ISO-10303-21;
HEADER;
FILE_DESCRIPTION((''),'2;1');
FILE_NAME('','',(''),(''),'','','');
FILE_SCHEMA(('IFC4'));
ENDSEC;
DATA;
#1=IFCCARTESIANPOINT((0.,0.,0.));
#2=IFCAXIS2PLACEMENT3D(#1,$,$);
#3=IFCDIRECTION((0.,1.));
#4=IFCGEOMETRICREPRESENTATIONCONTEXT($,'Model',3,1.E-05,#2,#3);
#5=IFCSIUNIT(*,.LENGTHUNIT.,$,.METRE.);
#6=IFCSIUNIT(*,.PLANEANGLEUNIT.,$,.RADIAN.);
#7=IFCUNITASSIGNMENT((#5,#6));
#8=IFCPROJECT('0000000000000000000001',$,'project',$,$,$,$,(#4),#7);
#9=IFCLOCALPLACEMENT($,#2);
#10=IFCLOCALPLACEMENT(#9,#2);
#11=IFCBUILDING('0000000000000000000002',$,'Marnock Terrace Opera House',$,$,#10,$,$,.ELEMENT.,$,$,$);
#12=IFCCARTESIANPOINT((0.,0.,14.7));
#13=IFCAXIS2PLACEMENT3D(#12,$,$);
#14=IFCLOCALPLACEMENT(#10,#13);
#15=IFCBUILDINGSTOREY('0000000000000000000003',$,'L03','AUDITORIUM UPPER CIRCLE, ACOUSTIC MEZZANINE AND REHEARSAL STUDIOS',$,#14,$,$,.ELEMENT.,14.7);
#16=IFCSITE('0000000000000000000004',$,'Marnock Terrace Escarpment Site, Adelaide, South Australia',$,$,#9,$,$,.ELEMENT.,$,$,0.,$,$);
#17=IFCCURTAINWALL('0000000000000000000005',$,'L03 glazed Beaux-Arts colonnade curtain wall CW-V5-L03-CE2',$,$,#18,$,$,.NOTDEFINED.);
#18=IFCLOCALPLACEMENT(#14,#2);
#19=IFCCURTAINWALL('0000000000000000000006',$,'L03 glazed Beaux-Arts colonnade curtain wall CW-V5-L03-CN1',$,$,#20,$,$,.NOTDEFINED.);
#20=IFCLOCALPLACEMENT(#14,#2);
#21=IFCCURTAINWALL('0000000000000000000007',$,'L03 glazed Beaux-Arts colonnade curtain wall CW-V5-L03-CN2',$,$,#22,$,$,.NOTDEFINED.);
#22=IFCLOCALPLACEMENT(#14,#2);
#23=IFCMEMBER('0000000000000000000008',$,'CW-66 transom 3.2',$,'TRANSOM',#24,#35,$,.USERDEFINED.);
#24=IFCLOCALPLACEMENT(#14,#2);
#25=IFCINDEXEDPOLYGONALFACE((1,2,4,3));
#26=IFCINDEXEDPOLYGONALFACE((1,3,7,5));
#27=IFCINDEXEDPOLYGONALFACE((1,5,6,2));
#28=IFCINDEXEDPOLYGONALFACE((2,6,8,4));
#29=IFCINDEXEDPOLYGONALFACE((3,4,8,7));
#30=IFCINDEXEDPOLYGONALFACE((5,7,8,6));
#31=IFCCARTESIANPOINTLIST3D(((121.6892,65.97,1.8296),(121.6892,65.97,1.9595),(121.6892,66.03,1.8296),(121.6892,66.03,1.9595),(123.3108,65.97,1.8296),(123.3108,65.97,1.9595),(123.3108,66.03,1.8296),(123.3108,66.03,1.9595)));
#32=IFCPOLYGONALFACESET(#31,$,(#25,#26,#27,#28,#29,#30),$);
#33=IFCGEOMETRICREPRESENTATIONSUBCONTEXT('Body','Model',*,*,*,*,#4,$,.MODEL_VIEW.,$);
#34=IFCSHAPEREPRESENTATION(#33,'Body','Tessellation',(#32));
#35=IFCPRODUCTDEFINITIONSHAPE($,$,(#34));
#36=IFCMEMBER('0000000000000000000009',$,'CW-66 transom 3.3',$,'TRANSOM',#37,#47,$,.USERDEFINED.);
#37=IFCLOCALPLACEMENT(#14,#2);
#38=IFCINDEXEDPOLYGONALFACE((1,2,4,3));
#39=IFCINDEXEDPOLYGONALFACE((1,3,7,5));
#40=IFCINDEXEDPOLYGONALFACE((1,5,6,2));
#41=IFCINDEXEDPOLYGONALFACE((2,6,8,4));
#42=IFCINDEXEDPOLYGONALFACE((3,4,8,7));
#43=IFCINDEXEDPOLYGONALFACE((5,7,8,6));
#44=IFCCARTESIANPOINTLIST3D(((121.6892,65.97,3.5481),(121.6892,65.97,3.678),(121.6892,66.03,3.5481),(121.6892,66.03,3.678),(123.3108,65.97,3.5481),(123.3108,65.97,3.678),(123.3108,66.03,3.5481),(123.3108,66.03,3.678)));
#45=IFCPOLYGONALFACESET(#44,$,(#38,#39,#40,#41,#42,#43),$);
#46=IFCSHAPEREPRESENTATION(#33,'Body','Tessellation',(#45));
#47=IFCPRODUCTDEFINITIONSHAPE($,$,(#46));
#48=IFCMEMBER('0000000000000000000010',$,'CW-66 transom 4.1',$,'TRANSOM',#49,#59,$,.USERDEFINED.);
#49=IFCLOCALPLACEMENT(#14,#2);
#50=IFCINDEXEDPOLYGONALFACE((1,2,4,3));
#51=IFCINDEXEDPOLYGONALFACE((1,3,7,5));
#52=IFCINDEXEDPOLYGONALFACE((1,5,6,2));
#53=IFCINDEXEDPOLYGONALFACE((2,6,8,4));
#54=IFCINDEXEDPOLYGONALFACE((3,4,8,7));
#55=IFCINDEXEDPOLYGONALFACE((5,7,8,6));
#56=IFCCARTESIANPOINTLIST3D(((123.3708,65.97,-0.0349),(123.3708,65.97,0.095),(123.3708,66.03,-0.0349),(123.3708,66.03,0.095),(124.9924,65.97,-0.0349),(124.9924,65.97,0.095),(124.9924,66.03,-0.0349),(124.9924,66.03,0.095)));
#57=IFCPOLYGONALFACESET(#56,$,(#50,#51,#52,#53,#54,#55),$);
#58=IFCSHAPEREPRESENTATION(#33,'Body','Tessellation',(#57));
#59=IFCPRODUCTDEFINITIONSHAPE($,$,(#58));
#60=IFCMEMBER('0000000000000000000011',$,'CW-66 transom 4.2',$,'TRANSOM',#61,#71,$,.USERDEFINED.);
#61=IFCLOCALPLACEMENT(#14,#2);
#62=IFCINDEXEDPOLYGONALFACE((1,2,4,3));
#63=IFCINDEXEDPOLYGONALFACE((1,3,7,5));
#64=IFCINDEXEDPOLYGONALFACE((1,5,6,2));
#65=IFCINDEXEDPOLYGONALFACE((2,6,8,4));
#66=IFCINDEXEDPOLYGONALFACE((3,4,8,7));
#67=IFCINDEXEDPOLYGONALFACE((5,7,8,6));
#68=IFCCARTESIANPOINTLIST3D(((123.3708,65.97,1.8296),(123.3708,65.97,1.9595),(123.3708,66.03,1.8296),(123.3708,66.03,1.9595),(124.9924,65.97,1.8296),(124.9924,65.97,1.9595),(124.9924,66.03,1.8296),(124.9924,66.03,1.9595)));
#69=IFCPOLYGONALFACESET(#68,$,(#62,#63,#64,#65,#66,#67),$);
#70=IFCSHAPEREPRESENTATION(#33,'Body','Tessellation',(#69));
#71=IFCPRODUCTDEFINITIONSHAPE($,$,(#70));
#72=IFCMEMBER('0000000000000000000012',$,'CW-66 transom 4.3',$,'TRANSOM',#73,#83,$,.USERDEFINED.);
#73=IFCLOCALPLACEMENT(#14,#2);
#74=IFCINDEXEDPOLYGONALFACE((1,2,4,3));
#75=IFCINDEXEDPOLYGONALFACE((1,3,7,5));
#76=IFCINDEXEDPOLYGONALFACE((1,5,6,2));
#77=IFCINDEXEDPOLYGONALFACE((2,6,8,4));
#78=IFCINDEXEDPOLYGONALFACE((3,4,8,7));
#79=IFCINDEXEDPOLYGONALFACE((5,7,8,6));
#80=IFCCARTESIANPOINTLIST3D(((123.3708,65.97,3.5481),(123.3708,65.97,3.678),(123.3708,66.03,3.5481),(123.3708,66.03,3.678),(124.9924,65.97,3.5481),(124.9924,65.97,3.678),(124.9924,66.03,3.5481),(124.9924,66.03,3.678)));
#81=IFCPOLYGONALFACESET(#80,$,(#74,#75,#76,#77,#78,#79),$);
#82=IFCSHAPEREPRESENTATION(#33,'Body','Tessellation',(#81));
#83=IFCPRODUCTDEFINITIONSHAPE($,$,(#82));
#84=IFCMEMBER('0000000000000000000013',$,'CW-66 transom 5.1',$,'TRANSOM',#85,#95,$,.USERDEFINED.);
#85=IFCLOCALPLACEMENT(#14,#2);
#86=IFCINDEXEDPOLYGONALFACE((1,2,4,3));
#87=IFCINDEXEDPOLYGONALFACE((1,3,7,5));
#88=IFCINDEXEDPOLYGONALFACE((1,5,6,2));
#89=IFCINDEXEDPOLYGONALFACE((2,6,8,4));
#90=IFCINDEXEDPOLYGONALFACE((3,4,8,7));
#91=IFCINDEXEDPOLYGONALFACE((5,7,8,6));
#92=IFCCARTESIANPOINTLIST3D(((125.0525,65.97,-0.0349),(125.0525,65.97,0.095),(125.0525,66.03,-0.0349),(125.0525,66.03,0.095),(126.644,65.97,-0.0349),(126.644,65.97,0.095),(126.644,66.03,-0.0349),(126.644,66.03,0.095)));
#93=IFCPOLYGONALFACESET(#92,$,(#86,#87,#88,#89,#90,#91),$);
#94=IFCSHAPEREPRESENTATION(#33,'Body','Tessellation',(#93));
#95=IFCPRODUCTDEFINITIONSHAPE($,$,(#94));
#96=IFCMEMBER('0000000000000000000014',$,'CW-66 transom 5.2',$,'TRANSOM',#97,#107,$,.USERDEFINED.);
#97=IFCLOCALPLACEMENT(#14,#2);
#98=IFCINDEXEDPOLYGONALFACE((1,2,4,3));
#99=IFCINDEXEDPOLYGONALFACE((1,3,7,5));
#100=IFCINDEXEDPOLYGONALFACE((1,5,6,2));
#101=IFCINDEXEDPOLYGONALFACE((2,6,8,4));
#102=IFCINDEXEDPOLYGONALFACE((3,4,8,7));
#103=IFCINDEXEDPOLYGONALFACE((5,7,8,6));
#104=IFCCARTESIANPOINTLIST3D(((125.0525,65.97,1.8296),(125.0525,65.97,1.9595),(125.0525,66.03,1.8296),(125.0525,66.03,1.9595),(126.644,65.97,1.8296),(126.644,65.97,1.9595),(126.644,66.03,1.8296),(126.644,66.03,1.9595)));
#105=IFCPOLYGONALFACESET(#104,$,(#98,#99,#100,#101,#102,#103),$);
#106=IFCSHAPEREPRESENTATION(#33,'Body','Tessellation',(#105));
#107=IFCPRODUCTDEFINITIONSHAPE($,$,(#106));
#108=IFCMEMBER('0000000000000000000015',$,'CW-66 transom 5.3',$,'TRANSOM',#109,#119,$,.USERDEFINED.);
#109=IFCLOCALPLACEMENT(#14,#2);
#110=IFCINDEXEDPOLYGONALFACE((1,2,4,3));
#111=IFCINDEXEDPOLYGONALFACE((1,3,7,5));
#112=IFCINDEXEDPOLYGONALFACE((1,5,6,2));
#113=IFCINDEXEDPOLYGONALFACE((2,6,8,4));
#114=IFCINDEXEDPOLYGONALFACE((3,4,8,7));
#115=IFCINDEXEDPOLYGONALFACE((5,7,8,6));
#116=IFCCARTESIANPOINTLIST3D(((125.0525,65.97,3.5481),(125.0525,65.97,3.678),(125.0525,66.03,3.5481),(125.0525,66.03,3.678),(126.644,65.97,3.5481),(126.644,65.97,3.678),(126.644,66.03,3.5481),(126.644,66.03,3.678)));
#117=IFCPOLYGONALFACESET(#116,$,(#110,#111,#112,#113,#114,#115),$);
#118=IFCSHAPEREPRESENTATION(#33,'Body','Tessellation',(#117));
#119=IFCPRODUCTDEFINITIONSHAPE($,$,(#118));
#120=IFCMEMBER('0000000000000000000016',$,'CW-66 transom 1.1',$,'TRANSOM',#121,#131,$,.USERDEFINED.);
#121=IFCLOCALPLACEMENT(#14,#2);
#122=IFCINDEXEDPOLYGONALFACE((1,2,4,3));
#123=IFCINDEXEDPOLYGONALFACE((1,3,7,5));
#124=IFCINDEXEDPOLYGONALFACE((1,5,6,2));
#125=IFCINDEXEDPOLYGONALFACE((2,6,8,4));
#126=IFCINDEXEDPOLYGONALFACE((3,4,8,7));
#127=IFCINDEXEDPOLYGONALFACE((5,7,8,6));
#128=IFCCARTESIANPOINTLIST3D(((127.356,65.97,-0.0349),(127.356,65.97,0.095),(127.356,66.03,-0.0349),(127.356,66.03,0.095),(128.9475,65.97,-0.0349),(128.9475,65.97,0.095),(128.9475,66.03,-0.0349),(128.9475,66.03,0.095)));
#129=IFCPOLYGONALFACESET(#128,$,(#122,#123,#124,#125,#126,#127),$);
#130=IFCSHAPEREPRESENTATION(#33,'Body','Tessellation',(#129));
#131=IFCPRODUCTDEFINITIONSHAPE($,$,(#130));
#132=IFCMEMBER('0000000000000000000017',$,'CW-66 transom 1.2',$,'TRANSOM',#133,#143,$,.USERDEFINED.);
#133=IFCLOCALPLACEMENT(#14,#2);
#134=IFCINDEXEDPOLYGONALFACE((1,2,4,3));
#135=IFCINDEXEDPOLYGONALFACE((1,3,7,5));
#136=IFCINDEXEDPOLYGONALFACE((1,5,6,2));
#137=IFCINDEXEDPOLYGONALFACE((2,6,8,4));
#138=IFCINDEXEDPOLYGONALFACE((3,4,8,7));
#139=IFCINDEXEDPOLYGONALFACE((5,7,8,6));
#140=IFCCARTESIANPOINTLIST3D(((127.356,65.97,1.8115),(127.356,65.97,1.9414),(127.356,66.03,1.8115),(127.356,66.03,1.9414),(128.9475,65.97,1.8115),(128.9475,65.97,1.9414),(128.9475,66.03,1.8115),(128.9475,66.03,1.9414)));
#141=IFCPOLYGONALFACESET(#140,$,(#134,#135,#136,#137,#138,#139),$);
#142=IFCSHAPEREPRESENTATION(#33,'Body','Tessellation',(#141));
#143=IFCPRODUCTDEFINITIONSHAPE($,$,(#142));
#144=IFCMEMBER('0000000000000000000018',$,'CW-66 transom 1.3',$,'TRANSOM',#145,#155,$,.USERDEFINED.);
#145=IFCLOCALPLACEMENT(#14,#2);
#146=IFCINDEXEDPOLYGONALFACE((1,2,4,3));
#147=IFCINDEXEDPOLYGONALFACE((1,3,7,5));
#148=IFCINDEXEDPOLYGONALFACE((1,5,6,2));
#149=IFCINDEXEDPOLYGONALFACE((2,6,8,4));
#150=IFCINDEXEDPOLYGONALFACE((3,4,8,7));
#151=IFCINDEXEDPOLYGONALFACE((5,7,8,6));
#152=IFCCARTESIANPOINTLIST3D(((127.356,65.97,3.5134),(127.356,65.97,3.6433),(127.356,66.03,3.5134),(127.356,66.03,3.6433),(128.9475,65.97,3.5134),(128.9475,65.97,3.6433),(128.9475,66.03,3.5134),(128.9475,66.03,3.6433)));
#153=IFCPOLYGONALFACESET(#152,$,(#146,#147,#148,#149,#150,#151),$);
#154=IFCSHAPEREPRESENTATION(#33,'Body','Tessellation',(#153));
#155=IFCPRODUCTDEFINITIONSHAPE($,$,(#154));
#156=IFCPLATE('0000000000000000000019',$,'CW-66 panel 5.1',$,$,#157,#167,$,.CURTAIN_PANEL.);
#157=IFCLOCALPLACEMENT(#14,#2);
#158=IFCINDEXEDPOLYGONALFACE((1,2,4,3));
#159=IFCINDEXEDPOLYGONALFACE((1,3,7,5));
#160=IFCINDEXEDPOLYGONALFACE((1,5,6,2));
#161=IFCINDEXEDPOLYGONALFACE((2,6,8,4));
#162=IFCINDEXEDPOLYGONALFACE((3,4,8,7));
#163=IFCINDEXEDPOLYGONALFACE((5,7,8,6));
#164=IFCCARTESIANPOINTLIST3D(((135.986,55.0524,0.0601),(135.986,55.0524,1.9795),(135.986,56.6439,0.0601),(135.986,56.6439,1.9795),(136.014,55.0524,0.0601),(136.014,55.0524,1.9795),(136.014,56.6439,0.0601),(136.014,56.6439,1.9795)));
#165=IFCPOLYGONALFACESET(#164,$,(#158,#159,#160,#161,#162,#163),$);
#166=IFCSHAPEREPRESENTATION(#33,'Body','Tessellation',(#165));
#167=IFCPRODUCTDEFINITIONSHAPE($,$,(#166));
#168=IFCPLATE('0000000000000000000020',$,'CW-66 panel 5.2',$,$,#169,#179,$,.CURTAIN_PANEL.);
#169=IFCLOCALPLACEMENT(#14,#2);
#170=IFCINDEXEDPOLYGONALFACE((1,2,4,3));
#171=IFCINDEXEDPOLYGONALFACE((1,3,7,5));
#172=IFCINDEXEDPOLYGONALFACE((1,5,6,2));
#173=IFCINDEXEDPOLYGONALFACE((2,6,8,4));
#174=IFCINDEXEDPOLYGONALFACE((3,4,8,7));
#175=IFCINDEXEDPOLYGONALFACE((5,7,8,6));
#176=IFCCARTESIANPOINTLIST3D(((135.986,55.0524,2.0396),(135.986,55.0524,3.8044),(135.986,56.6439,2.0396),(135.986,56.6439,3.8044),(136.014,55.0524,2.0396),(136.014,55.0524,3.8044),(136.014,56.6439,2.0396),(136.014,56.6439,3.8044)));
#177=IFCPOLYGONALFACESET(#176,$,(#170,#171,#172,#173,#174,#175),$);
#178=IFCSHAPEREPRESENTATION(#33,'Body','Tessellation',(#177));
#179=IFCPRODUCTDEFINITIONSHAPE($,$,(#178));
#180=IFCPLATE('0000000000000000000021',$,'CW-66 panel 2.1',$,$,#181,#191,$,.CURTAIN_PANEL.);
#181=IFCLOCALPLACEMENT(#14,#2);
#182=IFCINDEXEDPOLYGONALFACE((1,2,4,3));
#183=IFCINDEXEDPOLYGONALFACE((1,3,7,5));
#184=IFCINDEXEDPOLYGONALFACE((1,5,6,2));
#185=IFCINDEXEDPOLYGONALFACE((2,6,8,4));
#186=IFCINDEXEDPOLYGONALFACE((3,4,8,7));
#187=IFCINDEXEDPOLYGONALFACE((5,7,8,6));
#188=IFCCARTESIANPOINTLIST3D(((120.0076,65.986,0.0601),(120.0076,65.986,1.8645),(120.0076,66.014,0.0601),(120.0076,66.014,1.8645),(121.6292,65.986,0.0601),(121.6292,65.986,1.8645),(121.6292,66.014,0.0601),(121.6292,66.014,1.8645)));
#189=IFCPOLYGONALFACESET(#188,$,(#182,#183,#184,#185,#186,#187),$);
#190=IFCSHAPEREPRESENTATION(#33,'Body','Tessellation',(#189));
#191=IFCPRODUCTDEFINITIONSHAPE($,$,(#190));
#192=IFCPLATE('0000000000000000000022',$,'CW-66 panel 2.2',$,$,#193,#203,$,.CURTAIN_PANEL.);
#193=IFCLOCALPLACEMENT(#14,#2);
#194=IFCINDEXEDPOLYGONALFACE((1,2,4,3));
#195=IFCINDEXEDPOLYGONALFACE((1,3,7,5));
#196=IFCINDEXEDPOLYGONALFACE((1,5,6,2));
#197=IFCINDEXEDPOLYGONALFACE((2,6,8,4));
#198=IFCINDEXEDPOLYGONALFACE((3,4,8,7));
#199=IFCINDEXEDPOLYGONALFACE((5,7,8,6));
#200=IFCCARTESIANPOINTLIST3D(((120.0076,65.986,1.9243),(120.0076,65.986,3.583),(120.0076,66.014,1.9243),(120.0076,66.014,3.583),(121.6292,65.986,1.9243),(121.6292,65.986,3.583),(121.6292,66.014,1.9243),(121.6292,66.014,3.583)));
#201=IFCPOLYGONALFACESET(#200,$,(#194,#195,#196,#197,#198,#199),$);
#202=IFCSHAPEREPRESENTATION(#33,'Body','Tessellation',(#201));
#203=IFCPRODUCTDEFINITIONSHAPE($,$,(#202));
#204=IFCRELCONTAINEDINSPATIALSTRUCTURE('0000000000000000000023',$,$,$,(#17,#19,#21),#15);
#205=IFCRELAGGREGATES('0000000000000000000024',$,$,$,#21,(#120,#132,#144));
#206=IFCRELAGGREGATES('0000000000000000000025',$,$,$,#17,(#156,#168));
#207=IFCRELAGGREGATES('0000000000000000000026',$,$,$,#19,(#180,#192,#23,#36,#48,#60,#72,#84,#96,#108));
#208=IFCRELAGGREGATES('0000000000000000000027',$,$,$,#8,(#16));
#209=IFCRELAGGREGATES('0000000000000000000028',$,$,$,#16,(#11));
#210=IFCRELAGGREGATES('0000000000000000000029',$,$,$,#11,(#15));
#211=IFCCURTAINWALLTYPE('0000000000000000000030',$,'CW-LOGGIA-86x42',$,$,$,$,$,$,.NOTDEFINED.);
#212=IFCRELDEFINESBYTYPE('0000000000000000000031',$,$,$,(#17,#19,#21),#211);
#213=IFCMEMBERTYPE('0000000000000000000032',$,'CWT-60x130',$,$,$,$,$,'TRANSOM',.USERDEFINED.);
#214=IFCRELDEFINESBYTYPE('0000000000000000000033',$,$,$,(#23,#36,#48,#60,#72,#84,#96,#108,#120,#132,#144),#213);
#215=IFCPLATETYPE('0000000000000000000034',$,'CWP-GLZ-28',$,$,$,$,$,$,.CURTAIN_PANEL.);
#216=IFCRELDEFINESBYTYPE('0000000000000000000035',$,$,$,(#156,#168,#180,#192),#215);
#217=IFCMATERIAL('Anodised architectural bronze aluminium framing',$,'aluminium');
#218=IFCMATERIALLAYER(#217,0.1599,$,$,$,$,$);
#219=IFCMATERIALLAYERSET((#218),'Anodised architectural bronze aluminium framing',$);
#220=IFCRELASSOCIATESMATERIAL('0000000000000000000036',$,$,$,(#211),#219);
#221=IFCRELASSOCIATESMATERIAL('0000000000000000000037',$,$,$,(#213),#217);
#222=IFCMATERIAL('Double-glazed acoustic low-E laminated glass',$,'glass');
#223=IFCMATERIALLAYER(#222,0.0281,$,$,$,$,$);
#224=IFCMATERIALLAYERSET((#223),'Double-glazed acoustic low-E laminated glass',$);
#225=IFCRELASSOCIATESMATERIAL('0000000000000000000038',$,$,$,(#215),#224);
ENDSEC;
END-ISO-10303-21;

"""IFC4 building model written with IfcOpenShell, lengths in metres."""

from ifc_helpers import new_model, si_unit, direction, frame, origin, origin_2d, place, context, subcontext, project, spatial, rectangle, extrude, material, layer, layer_set, material_profile, profile_set, type_object, element, aggregate, save


model = new_model("IFC4")

# Units and contexts
model_context = context("Model", 3, precision=1e-05, world=origin(), true_north=direction((0.0, 1.0)))
body_context = subcontext(model_context, "Body", "Model", "MODEL_VIEW")
ifc_project = project(units=[si_unit("LENGTHUNIT", "METRE"), si_unit("PLANEANGLEUNIT", "RADIAN")], contexts=[model_context])

# Site, building, storey
site_placement = place(None, origin())
site = spatial("IfcSite", under=ifc_project, at=site_placement, Name="Marnock Terrace Escarpment Site, Adelaide, South Australia", CompositionType="ELEMENT", RefElevation=0.0)
building_placement = place(site_placement, origin())
building = spatial("IfcBuilding", under=site, at=building_placement, Name="Marnock Terrace Opera House", CompositionType="ELEMENT")
storey_placement = place(building_placement, frame((0.0, 0.0, 14.7)))
storey = spatial("IfcBuildingStorey", under=building, at=storey_placement, Name="L03", Description="AUDITORIUM UPPER CIRCLE, ACOUSTIC MEZZANINE AND REHEARSAL STUDIOS", CompositionType="ELEMENT", Elevation=14.7)

# Curtain wall
ifc_material_1 = material(Name="Anodised architectural bronze aluminium framing", Category="aluminium")
ifc_layer_1 = layer(ifc_material_1, 0.1599)
ifc_layer_set_1 = layer_set([ifc_layer_1], Name="Anodised architectural bronze aluminium framing")
curtain_wall_type = type_object("IfcCurtainWallType", Name="CW-LOGGIA-86x42", PredefinedType="NOTDEFINED", material=ifc_layer_set_1)
curtain_wall_1_placement = place(storey_placement, origin())
curtain_wall_1 = element("IfcCurtainWall", 1, at=curtain_wall_1_placement, inside=storey, type_object=curtain_wall_type, Name="L03 glazed Beaux-Arts colonnade curtain wall CW-V5-L03-CE2", PredefinedType="NOTDEFINED")

# Curtain wall
curtain_wall_2_placement = place(storey_placement, origin())
curtain_wall_2 = element("IfcCurtainWall", 2, at=curtain_wall_2_placement, inside=storey, type_object=curtain_wall_type, Name="L03 glazed Beaux-Arts colonnade curtain wall CW-V5-L03-CN1", PredefinedType="NOTDEFINED")

# Curtain wall
curtain_wall_3_placement = place(storey_placement, origin())
curtain_wall_3 = element("IfcCurtainWall", 3, at=curtain_wall_3_placement, inside=storey, type_object=curtain_wall_type, Name="L03 glazed Beaux-Arts colonnade curtain wall CW-V5-L03-CN2", PredefinedType="NOTDEFINED")

# Members
ifc_material_profile_1 = material_profile(ifc_material_1, rectangle(XDim=0.0601, YDim=0.1299, at=origin_2d()))
ifc_profile_set_1 = profile_set([ifc_material_profile_1], Name="Anodised architectural bronze aluminium framing")
member_type_1 = type_object("IfcMemberType", Name="CWT-60x130", ElementType="TRANSOM", PredefinedType="USERDEFINED", material=ifc_profile_set_1)
member_1_placement = place(storey_placement, frame((121.6892, 66.0, 1.8945), z_axis=(1.0, 0.0, 0.0), x_axis=(0.0, 1.0, 0.0)))
member_1 = element("IfcMember", 4, at=member_1_placement, type_object=member_type_1, Name="CW-66 transom 3.2", ObjectType="TRANSOM", PredefinedType="USERDEFINED", context=body_context, shape_type="SweptSolid", body=[
    extrude(rectangle(XDim=0.0601, YDim=0.1299, at=origin_2d()), origin(), (0.0, 0.0, 1.0), 1.6216),
])
member_2_placement = place(storey_placement, frame((121.6892, 66.0, 3.613), z_axis=(1.0, 0.0, 0.0), x_axis=(0.0, 1.0, 0.0)))
member_2 = element("IfcMember", 5, at=member_2_placement, type_object=member_type_1, Name="CW-66 transom 3.3", ObjectType="TRANSOM", PredefinedType="USERDEFINED", context=body_context, shape_type="SweptSolid", body=[
    extrude(rectangle(XDim=0.0601, YDim=0.1299, at=origin_2d()), origin(), (0.0, 0.0, 1.0), 1.6216),
])
member_3_placement = place(storey_placement, frame((123.3708, 66.0, 0.03), z_axis=(1.0, 0.0, 0.0), x_axis=(0.0, 1.0, 0.0)))
member_3 = element("IfcMember", 6, at=member_3_placement, type_object=member_type_1, Name="CW-66 transom 4.1", ObjectType="TRANSOM", PredefinedType="USERDEFINED", context=body_context, shape_type="SweptSolid", body=[
    extrude(rectangle(XDim=0.0601, YDim=0.1299, at=origin_2d()), origin(), (0.0, 0.0, 1.0), 1.6216),
])
member_4_placement = place(storey_placement, frame((123.3708, 66.0, 1.8945), z_axis=(1.0, 0.0, 0.0), x_axis=(0.0, 1.0, 0.0)))
member_4 = element("IfcMember", 7, at=member_4_placement, type_object=member_type_1, Name="CW-66 transom 4.2", ObjectType="TRANSOM", PredefinedType="USERDEFINED", context=body_context, shape_type="SweptSolid", body=[
    extrude(rectangle(XDim=0.0601, YDim=0.1299, at=origin_2d()), origin(), (0.0, 0.0, 1.0), 1.6216),
])
member_5_placement = place(storey_placement, frame((123.3708, 66.0, 3.613), z_axis=(1.0, 0.0, 0.0), x_axis=(0.0, 1.0, 0.0)))
member_5 = element("IfcMember", 8, at=member_5_placement, type_object=member_type_1, Name="CW-66 transom 4.3", ObjectType="TRANSOM", PredefinedType="USERDEFINED", context=body_context, shape_type="SweptSolid", body=[
    extrude(rectangle(XDim=0.0601, YDim=0.1299, at=origin_2d()), origin(), (0.0, 0.0, 1.0), 1.6216),
])
member_6_placement = place(storey_placement, frame((125.0525, 66.0, 0.03), z_axis=(1.0, 0.0, 0.0), x_axis=(0.0, 1.0, 0.0)))
member_6 = element("IfcMember", 9, at=member_6_placement, type_object=member_type_1, Name="CW-66 transom 5.1", ObjectType="TRANSOM", PredefinedType="USERDEFINED", context=body_context, shape_type="SweptSolid", body=[
    extrude(rectangle(XDim=0.0601, YDim=0.1299, at=origin_2d()), origin(), (0.0, 0.0, 1.0), 1.5916),
])
member_7_placement = place(storey_placement, frame((125.0525, 66.0, 1.8945), z_axis=(1.0, 0.0, 0.0), x_axis=(0.0, 1.0, 0.0)))
member_7 = element("IfcMember", 10, at=member_7_placement, type_object=member_type_1, Name="CW-66 transom 5.2", ObjectType="TRANSOM", PredefinedType="USERDEFINED", context=body_context, shape_type="SweptSolid", body=[
    extrude(rectangle(XDim=0.0601, YDim=0.1299, at=origin_2d()), origin(), (0.0, 0.0, 1.0), 1.5916),
])
member_8_placement = place(storey_placement, frame((125.0525, 66.0, 3.613), z_axis=(1.0, 0.0, 0.0), x_axis=(0.0, 1.0, 0.0)))
member_8 = element("IfcMember", 11, at=member_8_placement, type_object=member_type_1, Name="CW-66 transom 5.3", ObjectType="TRANSOM", PredefinedType="USERDEFINED", context=body_context, shape_type="SweptSolid", body=[
    extrude(rectangle(XDim=0.0601, YDim=0.1299, at=origin_2d()), origin(), (0.0, 0.0, 1.0), 1.5916),
])
member_9_placement = place(storey_placement, frame((127.356, 66.0, 0.03), z_axis=(1.0, 0.0, 0.0), x_axis=(0.0, 1.0, 0.0)))
member_9 = element("IfcMember", 12, at=member_9_placement, type_object=member_type_1, Name="CW-66 transom 1.1", ObjectType="TRANSOM", PredefinedType="USERDEFINED", context=body_context, shape_type="SweptSolid", body=[
    extrude(rectangle(XDim=0.0601, YDim=0.1299, at=origin_2d()), origin(), (0.0, 0.0, 1.0), 1.5916),
])
member_10_placement = place(storey_placement, frame((127.356, 66.0, 1.8765), z_axis=(1.0, 0.0, 0.0), x_axis=(0.0, 1.0, 0.0)))
member_10 = element("IfcMember", 13, at=member_10_placement, type_object=member_type_1, Name="CW-66 transom 1.2", ObjectType="TRANSOM", PredefinedType="USERDEFINED", context=body_context, shape_type="SweptSolid", body=[
    extrude(rectangle(XDim=0.0601, YDim=0.1299, at=origin_2d()), origin(), (0.0, 0.0, 1.0), 1.5916),
])
member_11_placement = place(storey_placement, frame((127.356, 66.0, 3.5784), z_axis=(1.0, 0.0, 0.0), x_axis=(0.0, 1.0, 0.0)))
member_11 = element("IfcMember", 14, at=member_11_placement, type_object=member_type_1, Name="CW-66 transom 1.3", ObjectType="TRANSOM", PredefinedType="USERDEFINED", context=body_context, shape_type="SweptSolid", body=[
    extrude(rectangle(XDim=0.0601, YDim=0.1299, at=origin_2d()), origin(), (0.0, 0.0, 1.0), 1.5916),
])
aggregate(curtain_wall_3, [member_9, member_10, member_11])

# Plates
ifc_material_2 = material(Name="Double-glazed acoustic low-E laminated glass", Category="glass")
ifc_layer_2 = layer(ifc_material_2, 0.0281)
ifc_layer_set_2 = layer_set([ifc_layer_2], Name="Double-glazed acoustic low-E laminated glass")
plate_type = type_object("IfcPlateType", Name="CWP-GLZ-28", PredefinedType="CURTAIN_PANEL", material=ifc_layer_set_2)
plate_1_placement = place(storey_placement, frame((136.0, 55.8481, 0.0601), z_axis=(0.0, 0.0, 1.0), x_axis=(0.0, 1.0, 0.0)))
plate_1 = element("IfcPlate", 15, at=plate_1_placement, type_object=plate_type, Name="CW-66 panel 5.1", PredefinedType="CURTAIN_PANEL", context=body_context, shape_type="SweptSolid", body=[
    extrude(rectangle(XDim=1.5916, YDim=0.0281, at=origin_2d()), origin(), (0.0, 0.0, 1.0), 1.9194),
])
plate_2_placement = place(storey_placement, frame((136.0, 55.8481, 2.0396), z_axis=(0.0, 0.0, 1.0), x_axis=(0.0, 1.0, 0.0)))
plate_2 = element("IfcPlate", 16, at=plate_2_placement, type_object=plate_type, Name="CW-66 panel 5.2", PredefinedType="CURTAIN_PANEL", context=body_context, shape_type="SweptSolid", body=[
    extrude(rectangle(XDim=1.5916, YDim=0.0281, at=origin_2d()), origin(), (0.0, 0.0, 1.0), 1.7649),
])
aggregate(curtain_wall_1, [plate_1, plate_2])
plate_3_placement = place(storey_placement, frame((120.8184, 66.0, 0.0601), z_axis=(0.0, 0.0, 1.0), x_axis=(1.0, 0.0, 0.0)))
plate_3 = element("IfcPlate", 17, at=plate_3_placement, type_object=plate_type, Name="CW-66 panel 2.1", PredefinedType="CURTAIN_PANEL", context=body_context, shape_type="SweptSolid", body=[
    extrude(rectangle(XDim=1.6216, YDim=0.0281, at=origin_2d()), origin(), (0.0, 0.0, 1.0), 1.8044),
])
plate_4_placement = place(storey_placement, frame((120.8184, 66.0, 1.9243), z_axis=(0.0, 0.0, 1.0), x_axis=(1.0, 0.0, 0.0)))
plate_4 = element("IfcPlate", 18, at=plate_4_placement, type_object=plate_type, Name="CW-66 panel 2.2", PredefinedType="CURTAIN_PANEL", context=body_context, shape_type="SweptSolid", body=[
    extrude(rectangle(XDim=1.6216, YDim=0.0281, at=origin_2d()), origin(), (0.0, 0.0, 1.0), 1.6587),
])
aggregate(curtain_wall_2, [plate_3, plate_4, member_1, member_2, member_3, member_4, member_5, member_6, member_7, member_8])

save(model, "model.ifc")
